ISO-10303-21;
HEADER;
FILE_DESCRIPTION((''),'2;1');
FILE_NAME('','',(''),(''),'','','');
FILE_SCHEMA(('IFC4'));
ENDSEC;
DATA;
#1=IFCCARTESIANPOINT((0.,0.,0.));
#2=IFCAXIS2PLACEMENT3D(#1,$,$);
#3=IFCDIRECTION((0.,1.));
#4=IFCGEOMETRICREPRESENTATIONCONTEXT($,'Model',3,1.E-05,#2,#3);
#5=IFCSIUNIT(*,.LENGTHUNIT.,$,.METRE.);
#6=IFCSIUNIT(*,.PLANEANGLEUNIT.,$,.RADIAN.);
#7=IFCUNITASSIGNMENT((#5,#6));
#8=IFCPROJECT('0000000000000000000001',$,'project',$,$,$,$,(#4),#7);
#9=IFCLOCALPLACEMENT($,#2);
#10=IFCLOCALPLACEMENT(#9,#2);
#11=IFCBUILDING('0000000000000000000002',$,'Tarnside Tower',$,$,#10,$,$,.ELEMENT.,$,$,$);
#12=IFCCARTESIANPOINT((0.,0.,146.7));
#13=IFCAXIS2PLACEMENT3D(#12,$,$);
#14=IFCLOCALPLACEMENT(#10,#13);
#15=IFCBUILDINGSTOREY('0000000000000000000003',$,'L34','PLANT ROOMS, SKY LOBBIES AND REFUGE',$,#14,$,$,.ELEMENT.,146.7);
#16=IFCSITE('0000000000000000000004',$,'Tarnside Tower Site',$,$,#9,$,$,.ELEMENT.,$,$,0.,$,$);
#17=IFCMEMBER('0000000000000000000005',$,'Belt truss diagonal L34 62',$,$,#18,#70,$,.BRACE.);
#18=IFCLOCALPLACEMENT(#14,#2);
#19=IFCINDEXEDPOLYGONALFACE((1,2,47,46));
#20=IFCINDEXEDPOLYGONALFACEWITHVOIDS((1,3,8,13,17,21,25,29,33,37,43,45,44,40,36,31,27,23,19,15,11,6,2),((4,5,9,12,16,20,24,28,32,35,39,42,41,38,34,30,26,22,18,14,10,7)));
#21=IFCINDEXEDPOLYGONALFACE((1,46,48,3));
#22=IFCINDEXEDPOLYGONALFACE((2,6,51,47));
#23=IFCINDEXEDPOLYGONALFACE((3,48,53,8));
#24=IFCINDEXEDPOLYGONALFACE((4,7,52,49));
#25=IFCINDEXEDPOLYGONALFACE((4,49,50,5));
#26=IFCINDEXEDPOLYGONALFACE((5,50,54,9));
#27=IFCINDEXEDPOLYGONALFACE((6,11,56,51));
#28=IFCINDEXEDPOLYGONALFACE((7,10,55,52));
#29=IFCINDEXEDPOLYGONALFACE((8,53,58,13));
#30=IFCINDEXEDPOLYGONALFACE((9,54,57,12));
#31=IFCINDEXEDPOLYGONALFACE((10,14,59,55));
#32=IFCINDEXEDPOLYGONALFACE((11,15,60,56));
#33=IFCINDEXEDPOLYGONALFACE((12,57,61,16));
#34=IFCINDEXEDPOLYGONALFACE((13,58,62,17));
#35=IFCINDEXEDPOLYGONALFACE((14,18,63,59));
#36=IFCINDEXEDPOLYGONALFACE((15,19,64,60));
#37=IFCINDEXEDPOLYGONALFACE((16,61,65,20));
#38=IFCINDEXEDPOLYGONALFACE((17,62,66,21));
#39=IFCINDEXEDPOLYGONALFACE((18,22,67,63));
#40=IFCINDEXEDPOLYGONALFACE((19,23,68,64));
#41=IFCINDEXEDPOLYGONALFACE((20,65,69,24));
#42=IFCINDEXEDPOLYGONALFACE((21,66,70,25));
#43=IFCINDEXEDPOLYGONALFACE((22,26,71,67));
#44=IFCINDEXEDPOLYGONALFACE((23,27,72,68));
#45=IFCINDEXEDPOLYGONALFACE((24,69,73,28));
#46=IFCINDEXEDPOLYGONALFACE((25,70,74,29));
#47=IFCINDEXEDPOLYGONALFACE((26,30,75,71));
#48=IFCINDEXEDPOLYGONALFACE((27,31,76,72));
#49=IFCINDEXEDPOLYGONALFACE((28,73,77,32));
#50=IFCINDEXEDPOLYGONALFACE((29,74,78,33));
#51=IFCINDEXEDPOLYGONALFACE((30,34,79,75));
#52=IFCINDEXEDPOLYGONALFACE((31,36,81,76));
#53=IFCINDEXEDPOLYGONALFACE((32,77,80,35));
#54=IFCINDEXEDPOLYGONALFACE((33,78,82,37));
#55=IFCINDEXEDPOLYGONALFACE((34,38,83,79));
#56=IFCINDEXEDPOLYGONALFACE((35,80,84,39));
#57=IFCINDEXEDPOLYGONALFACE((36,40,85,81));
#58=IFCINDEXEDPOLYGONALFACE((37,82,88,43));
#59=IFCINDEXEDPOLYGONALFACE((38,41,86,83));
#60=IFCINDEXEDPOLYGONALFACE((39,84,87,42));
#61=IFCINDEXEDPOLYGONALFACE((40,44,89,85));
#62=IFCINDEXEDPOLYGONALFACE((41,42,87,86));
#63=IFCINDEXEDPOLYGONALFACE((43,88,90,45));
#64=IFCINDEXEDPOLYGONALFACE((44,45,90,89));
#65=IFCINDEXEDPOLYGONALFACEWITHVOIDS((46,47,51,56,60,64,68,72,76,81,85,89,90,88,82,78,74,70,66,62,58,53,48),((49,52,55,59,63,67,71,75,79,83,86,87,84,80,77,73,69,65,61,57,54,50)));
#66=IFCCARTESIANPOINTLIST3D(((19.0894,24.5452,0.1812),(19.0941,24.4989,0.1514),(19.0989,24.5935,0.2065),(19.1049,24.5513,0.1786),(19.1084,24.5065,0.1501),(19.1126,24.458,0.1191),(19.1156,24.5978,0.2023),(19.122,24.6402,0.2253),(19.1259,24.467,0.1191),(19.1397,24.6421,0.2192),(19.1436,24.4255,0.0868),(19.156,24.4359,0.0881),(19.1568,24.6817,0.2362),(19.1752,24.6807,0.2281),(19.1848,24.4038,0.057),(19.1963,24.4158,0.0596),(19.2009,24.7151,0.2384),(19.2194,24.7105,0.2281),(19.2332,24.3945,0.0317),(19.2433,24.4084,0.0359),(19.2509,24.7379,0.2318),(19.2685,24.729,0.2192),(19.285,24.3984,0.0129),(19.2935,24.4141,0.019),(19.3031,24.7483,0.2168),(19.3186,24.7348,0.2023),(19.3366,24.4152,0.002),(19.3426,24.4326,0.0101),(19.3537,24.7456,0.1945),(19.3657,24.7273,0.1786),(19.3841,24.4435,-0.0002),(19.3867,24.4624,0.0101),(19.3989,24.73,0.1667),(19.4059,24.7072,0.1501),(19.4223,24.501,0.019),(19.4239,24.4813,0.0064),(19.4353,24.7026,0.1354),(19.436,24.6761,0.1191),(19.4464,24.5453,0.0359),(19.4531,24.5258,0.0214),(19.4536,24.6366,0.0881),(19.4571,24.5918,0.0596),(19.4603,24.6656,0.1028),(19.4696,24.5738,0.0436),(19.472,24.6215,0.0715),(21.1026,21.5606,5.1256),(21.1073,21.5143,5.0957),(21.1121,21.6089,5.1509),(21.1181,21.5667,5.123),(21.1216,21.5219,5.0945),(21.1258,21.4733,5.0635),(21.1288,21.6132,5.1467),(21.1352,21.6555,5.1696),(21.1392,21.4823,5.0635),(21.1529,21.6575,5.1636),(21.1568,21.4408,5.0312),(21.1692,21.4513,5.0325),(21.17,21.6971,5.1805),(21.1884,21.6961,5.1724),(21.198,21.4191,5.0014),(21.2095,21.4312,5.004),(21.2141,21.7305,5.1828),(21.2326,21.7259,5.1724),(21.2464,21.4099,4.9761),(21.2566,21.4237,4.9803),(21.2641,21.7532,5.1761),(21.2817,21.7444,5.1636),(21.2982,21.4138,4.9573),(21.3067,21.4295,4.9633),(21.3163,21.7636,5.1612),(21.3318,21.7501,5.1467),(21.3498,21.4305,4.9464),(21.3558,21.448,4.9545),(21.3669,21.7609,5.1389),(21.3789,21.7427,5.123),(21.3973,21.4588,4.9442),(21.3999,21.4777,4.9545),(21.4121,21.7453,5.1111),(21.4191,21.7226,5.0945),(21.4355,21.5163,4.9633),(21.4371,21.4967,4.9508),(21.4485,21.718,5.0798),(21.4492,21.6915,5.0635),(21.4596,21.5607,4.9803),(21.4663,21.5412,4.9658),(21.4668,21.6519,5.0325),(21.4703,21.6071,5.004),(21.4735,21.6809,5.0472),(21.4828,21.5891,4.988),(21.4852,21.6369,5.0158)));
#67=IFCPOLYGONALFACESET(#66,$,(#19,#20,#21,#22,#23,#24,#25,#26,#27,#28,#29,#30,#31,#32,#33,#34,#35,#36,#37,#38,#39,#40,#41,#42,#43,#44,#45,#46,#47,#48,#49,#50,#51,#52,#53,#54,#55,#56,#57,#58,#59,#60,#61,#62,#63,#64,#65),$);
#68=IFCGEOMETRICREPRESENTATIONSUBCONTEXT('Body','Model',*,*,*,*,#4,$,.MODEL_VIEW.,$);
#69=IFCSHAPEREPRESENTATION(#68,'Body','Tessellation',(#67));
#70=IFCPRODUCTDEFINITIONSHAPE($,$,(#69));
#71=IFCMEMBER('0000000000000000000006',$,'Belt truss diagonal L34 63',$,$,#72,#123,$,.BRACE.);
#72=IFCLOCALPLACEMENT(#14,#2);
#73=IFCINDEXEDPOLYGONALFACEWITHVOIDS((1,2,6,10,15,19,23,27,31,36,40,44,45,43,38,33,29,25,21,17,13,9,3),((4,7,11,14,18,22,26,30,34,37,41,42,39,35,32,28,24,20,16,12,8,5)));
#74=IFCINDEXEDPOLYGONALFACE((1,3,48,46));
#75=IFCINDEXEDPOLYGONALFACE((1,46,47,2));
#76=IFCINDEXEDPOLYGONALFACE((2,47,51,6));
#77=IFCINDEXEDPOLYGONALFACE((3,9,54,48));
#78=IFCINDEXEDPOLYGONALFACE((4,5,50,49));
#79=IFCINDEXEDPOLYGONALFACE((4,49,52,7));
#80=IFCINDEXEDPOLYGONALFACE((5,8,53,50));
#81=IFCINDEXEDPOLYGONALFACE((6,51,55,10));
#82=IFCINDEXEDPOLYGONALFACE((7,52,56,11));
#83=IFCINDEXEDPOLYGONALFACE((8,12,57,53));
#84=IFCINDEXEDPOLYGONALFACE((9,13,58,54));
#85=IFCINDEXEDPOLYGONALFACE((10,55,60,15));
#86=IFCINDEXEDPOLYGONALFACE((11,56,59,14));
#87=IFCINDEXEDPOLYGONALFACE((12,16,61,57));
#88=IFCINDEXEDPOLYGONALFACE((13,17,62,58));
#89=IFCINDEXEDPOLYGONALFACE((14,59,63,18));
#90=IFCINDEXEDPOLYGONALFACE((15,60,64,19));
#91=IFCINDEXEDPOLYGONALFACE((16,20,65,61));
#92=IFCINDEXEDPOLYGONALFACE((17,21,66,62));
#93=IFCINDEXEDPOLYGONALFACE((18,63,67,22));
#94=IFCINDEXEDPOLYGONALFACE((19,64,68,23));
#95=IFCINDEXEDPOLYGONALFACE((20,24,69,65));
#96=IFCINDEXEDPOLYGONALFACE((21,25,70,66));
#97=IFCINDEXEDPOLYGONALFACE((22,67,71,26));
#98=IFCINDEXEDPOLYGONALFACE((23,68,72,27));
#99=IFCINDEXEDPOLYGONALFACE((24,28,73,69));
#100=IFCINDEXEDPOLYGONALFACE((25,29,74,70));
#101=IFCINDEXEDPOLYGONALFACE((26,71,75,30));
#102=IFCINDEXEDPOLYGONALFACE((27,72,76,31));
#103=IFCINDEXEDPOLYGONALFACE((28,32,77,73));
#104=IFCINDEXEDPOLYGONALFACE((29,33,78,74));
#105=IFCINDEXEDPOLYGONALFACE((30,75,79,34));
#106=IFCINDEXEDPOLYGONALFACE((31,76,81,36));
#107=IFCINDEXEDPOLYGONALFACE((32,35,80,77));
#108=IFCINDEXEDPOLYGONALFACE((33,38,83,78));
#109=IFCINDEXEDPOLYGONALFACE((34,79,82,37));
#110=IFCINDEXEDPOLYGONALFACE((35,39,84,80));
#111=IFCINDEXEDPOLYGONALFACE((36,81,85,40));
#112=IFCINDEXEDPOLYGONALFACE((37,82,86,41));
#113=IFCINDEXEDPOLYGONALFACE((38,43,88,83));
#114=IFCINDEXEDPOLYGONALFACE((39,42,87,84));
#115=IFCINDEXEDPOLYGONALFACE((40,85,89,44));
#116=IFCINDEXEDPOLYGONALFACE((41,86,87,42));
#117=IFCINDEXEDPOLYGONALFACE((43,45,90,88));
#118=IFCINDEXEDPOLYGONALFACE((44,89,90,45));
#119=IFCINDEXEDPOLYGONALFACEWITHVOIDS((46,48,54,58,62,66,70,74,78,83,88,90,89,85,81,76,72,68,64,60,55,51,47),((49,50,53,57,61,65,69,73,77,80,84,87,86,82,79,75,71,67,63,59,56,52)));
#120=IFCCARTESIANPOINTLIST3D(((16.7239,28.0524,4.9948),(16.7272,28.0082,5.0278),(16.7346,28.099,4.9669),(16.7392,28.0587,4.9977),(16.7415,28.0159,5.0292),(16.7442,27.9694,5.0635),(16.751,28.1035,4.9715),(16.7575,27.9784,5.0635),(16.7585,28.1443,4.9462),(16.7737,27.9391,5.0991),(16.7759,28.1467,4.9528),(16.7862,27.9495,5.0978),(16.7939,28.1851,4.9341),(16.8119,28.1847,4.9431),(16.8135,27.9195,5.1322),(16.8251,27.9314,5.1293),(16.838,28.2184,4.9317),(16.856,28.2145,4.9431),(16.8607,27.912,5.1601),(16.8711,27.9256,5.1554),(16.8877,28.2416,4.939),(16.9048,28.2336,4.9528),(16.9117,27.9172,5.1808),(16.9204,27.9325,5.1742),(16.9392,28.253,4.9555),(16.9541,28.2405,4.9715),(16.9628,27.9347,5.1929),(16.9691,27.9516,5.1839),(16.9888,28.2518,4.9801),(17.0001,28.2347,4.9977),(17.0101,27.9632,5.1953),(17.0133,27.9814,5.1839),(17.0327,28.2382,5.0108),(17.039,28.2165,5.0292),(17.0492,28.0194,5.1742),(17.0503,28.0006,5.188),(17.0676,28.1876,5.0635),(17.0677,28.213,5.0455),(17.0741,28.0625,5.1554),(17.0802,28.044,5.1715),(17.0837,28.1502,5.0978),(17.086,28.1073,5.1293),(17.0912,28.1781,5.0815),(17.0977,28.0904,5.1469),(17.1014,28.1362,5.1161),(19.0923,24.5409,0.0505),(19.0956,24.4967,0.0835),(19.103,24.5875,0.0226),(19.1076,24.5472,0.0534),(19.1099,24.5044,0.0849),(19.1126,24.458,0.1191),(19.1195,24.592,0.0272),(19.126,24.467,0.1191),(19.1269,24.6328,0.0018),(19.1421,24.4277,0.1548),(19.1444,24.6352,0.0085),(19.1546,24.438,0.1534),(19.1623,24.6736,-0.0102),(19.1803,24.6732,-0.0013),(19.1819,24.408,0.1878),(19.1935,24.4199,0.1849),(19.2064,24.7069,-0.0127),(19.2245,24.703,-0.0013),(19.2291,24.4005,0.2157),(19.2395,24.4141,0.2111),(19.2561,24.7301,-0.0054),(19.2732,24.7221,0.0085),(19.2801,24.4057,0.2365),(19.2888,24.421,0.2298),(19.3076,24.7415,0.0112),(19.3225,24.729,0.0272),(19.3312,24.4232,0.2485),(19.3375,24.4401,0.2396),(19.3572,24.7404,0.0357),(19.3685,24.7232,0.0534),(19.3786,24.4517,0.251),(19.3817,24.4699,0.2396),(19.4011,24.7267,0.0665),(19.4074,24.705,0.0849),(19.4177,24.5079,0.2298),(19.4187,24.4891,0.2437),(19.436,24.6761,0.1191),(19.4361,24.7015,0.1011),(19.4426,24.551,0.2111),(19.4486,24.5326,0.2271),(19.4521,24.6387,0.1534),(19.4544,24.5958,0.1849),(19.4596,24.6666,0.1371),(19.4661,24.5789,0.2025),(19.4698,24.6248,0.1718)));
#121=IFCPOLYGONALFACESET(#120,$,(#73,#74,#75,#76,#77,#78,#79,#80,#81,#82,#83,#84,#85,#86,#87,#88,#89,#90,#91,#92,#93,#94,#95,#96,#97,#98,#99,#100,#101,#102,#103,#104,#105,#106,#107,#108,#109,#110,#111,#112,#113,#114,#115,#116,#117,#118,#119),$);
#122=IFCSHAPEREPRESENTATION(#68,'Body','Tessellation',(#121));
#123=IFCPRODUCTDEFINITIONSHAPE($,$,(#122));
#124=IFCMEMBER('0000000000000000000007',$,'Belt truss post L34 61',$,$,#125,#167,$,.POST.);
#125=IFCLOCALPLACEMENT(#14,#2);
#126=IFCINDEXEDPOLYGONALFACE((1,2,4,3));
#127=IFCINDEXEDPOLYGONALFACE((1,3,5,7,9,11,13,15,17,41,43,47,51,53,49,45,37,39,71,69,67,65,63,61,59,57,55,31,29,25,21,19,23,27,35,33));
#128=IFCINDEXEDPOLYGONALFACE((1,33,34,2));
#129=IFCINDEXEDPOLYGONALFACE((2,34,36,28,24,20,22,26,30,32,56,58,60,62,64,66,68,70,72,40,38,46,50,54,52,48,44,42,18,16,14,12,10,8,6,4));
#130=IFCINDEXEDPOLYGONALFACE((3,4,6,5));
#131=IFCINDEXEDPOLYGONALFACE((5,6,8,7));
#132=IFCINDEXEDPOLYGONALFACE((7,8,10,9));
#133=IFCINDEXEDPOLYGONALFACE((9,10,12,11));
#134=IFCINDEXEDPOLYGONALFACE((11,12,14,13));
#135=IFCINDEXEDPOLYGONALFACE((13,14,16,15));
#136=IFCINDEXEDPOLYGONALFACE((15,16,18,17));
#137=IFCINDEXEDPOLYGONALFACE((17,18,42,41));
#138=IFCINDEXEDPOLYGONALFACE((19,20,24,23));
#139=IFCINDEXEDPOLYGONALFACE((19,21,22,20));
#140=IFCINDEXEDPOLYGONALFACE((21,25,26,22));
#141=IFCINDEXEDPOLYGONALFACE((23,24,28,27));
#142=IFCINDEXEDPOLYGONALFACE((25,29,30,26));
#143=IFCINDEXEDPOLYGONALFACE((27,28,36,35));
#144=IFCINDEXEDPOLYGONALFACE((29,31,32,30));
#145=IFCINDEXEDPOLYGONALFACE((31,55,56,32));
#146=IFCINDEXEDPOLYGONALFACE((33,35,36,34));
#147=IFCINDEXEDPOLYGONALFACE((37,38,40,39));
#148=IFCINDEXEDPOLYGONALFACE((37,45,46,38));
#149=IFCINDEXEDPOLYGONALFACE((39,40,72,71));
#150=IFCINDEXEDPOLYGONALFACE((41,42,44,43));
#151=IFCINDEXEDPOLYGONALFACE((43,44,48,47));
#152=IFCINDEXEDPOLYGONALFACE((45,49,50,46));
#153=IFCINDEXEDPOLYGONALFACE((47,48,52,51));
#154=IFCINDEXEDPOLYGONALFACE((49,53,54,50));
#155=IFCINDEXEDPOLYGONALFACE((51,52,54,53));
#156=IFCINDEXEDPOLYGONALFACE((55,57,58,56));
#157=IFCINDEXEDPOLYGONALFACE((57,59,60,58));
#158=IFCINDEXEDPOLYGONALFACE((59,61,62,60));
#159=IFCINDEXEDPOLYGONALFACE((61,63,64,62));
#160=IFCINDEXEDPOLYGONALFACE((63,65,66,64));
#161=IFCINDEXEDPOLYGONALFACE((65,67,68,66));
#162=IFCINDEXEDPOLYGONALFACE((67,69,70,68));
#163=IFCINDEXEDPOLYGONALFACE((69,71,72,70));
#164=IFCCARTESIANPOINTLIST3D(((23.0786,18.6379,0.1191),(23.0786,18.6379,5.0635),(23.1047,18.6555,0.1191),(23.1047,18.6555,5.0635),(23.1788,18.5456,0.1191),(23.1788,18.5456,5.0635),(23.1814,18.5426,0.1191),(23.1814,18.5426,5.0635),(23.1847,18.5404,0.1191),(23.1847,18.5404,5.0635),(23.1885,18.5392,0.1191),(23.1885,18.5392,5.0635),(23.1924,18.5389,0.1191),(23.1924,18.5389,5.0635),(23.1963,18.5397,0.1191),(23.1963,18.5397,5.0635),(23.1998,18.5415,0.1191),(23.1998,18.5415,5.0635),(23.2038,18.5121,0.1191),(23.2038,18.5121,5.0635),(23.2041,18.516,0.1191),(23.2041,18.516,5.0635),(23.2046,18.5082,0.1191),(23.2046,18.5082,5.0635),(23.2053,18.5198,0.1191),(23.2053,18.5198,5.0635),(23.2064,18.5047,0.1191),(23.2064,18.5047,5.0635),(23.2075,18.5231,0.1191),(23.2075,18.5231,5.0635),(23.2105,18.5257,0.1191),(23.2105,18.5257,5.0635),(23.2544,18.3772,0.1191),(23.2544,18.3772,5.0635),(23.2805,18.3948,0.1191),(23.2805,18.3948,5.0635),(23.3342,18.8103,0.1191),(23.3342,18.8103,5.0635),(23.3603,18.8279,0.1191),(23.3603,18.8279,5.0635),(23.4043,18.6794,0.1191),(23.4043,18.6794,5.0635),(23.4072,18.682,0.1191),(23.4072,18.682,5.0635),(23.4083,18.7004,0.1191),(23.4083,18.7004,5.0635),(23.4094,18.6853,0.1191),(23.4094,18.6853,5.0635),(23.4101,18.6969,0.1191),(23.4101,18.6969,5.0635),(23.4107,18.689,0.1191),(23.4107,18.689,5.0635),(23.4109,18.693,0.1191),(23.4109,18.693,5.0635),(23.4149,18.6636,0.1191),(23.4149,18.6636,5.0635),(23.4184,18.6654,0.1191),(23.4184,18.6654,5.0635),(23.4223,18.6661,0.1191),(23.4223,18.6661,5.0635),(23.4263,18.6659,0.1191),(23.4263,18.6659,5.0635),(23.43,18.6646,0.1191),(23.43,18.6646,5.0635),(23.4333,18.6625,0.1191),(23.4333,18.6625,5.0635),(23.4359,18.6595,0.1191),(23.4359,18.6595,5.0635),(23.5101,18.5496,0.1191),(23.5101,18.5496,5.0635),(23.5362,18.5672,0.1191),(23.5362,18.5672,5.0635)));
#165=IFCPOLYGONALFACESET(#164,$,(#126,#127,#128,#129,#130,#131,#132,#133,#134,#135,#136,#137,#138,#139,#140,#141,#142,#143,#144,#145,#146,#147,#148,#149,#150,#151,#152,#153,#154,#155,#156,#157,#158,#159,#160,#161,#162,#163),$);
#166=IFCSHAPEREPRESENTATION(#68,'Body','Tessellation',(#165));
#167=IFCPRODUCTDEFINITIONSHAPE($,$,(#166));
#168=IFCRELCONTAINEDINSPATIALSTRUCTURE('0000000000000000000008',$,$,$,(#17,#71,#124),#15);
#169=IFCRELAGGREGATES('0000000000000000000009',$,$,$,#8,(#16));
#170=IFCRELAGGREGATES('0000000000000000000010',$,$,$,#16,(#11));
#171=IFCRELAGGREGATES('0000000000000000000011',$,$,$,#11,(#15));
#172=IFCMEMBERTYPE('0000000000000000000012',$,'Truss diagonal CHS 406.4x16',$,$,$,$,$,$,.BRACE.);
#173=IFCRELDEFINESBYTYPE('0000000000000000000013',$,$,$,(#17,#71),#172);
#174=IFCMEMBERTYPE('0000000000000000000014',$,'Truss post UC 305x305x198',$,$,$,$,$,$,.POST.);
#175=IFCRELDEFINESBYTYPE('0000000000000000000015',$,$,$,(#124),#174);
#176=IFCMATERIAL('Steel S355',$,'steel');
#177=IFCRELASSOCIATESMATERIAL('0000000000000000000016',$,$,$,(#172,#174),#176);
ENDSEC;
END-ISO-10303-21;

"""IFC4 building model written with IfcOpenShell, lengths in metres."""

from ifc_helpers import new_model, si_unit, direction, frame, origin, origin_2d, place, context, subcontext, project, spatial, hollow_circle, i_section, extrude, material, material_profile, profile_set, type_object, element, save


model = new_model("IFC4")

# Units and contexts
model_context = context("Model", 3, precision=1e-05, world=origin(), true_north=direction((0.0, 1.0)))
body_context = subcontext(model_context, "Body", "Model", "MODEL_VIEW")
ifc_project = project(units=[si_unit("LENGTHUNIT", "METRE"), si_unit("PLANEANGLEUNIT", "RADIAN")], contexts=[model_context])

# Site, building, storey
site_placement = place(None, origin())
site = spatial("IfcSite", under=ifc_project, at=site_placement, Name="Tarnside Tower Site", CompositionType="ELEMENT", RefElevation=0.0)
building_placement = place(site_placement, origin())
building = spatial("IfcBuilding", under=site, at=building_placement, Name="Tarnside Tower", CompositionType="ELEMENT")
storey_placement = place(building_placement, frame((0.0, 0.0, 146.7)))
storey = spatial("IfcBuildingStorey", under=building, at=storey_placement, Name="L34", Description="PLANT ROOMS, SKY LOBBIES AND REFUGE", CompositionType="ELEMENT", Elevation=146.7)

# Shared definitions
ifc_material_1 = material(Name="Steel S355", Category="steel")

# Members
ifc_material_profile_1 = material_profile(ifc_material_1, hollow_circle(Radius=0.2031, WallThickness=0.0161, at=origin_2d()), Name="CHS 406.4x16")
ifc_profile_set_1 = profile_set([ifc_material_profile_1], Name="Steel S355")
member_type_1 = type_object("IfcMemberType", Name="Truss diagonal CHS 406.4x16", PredefinedType="BRACE", material=ifc_profile_set_1)
member_1_placement = place(storey_placement, frame((21.2942, 21.5869, 5.0635), z_axis=(-0.329159, 0.48799, -0.808406), x_axis=(-0.829033, -0.559199, 0.0)))
element("IfcMember", 1, at=member_1_placement, inside=storey, type_object=member_type_1, Name="Belt truss diagonal L34 62", PredefinedType="BRACE", context=body_context, shape_type="SweptSolid", body=[
    extrude(hollow_circle(Radius=0.2031, WallThickness=0.0161, at=origin_2d()), origin(), (0.0, 0.0, 1.0), 6.1162),
])
member_2_placement = place(storey_placement, frame((19.281, 24.5715, 0.1191), z_axis=(-0.363784, 0.539358, 0.759443), x_axis=(-0.82905, -0.559175, 0.0)))
element("IfcMember", 2, at=member_2_placement, inside=storey, type_object=member_type_1, Name="Belt truss diagonal L34 63", PredefinedType="BRACE", context=body_context, shape_type="SweptSolid", body=[
    extrude(hollow_circle(Radius=0.2031, WallThickness=0.0161, at=origin_2d()), origin(), (0.0, 0.0, 1.0), 6.5105),
])
ifc_material_profile_2 = material_profile(ifc_material_1, i_section(OverallWidth=0.3145, OverallDepth=0.3398, WebThickness=0.019, FlangeThickness=0.0315, FilletRadius=0.0151, at=origin_2d()), Name="UC 305x305x198")
ifc_profile_set_2 = profile_set([ifc_material_profile_2], Name="Steel S355")
member_type_2 = type_object("IfcMemberType", Name="Truss post UC 305x305x198", PredefinedType="POST", material=ifc_profile_set_2)
for number, where, z_axis, x_axis, name in (
    (3, (23.3074, 18.6025, 0.1191), (0.0, 0.0, 1.0), (-0.559193, 0.829038, 0.0), "Belt truss post L34 61"),
):
    element("IfcMember", number, at=place(storey_placement, frame(where, z_axis=z_axis, x_axis=x_axis)), inside=storey, type_object=member_type_2, Name=name, PredefinedType="POST", context=body_context, shape_type="SweptSolid", body=[
        extrude(i_section(OverallWidth=0.3145, OverallDepth=0.3398, WebThickness=0.019, FlangeThickness=0.0315, FilletRadius=0.0151, at=origin_2d()), origin(), (0.0, 0.0, 1.0), 4.9443),
    ])

save(model, "model.ifc")
